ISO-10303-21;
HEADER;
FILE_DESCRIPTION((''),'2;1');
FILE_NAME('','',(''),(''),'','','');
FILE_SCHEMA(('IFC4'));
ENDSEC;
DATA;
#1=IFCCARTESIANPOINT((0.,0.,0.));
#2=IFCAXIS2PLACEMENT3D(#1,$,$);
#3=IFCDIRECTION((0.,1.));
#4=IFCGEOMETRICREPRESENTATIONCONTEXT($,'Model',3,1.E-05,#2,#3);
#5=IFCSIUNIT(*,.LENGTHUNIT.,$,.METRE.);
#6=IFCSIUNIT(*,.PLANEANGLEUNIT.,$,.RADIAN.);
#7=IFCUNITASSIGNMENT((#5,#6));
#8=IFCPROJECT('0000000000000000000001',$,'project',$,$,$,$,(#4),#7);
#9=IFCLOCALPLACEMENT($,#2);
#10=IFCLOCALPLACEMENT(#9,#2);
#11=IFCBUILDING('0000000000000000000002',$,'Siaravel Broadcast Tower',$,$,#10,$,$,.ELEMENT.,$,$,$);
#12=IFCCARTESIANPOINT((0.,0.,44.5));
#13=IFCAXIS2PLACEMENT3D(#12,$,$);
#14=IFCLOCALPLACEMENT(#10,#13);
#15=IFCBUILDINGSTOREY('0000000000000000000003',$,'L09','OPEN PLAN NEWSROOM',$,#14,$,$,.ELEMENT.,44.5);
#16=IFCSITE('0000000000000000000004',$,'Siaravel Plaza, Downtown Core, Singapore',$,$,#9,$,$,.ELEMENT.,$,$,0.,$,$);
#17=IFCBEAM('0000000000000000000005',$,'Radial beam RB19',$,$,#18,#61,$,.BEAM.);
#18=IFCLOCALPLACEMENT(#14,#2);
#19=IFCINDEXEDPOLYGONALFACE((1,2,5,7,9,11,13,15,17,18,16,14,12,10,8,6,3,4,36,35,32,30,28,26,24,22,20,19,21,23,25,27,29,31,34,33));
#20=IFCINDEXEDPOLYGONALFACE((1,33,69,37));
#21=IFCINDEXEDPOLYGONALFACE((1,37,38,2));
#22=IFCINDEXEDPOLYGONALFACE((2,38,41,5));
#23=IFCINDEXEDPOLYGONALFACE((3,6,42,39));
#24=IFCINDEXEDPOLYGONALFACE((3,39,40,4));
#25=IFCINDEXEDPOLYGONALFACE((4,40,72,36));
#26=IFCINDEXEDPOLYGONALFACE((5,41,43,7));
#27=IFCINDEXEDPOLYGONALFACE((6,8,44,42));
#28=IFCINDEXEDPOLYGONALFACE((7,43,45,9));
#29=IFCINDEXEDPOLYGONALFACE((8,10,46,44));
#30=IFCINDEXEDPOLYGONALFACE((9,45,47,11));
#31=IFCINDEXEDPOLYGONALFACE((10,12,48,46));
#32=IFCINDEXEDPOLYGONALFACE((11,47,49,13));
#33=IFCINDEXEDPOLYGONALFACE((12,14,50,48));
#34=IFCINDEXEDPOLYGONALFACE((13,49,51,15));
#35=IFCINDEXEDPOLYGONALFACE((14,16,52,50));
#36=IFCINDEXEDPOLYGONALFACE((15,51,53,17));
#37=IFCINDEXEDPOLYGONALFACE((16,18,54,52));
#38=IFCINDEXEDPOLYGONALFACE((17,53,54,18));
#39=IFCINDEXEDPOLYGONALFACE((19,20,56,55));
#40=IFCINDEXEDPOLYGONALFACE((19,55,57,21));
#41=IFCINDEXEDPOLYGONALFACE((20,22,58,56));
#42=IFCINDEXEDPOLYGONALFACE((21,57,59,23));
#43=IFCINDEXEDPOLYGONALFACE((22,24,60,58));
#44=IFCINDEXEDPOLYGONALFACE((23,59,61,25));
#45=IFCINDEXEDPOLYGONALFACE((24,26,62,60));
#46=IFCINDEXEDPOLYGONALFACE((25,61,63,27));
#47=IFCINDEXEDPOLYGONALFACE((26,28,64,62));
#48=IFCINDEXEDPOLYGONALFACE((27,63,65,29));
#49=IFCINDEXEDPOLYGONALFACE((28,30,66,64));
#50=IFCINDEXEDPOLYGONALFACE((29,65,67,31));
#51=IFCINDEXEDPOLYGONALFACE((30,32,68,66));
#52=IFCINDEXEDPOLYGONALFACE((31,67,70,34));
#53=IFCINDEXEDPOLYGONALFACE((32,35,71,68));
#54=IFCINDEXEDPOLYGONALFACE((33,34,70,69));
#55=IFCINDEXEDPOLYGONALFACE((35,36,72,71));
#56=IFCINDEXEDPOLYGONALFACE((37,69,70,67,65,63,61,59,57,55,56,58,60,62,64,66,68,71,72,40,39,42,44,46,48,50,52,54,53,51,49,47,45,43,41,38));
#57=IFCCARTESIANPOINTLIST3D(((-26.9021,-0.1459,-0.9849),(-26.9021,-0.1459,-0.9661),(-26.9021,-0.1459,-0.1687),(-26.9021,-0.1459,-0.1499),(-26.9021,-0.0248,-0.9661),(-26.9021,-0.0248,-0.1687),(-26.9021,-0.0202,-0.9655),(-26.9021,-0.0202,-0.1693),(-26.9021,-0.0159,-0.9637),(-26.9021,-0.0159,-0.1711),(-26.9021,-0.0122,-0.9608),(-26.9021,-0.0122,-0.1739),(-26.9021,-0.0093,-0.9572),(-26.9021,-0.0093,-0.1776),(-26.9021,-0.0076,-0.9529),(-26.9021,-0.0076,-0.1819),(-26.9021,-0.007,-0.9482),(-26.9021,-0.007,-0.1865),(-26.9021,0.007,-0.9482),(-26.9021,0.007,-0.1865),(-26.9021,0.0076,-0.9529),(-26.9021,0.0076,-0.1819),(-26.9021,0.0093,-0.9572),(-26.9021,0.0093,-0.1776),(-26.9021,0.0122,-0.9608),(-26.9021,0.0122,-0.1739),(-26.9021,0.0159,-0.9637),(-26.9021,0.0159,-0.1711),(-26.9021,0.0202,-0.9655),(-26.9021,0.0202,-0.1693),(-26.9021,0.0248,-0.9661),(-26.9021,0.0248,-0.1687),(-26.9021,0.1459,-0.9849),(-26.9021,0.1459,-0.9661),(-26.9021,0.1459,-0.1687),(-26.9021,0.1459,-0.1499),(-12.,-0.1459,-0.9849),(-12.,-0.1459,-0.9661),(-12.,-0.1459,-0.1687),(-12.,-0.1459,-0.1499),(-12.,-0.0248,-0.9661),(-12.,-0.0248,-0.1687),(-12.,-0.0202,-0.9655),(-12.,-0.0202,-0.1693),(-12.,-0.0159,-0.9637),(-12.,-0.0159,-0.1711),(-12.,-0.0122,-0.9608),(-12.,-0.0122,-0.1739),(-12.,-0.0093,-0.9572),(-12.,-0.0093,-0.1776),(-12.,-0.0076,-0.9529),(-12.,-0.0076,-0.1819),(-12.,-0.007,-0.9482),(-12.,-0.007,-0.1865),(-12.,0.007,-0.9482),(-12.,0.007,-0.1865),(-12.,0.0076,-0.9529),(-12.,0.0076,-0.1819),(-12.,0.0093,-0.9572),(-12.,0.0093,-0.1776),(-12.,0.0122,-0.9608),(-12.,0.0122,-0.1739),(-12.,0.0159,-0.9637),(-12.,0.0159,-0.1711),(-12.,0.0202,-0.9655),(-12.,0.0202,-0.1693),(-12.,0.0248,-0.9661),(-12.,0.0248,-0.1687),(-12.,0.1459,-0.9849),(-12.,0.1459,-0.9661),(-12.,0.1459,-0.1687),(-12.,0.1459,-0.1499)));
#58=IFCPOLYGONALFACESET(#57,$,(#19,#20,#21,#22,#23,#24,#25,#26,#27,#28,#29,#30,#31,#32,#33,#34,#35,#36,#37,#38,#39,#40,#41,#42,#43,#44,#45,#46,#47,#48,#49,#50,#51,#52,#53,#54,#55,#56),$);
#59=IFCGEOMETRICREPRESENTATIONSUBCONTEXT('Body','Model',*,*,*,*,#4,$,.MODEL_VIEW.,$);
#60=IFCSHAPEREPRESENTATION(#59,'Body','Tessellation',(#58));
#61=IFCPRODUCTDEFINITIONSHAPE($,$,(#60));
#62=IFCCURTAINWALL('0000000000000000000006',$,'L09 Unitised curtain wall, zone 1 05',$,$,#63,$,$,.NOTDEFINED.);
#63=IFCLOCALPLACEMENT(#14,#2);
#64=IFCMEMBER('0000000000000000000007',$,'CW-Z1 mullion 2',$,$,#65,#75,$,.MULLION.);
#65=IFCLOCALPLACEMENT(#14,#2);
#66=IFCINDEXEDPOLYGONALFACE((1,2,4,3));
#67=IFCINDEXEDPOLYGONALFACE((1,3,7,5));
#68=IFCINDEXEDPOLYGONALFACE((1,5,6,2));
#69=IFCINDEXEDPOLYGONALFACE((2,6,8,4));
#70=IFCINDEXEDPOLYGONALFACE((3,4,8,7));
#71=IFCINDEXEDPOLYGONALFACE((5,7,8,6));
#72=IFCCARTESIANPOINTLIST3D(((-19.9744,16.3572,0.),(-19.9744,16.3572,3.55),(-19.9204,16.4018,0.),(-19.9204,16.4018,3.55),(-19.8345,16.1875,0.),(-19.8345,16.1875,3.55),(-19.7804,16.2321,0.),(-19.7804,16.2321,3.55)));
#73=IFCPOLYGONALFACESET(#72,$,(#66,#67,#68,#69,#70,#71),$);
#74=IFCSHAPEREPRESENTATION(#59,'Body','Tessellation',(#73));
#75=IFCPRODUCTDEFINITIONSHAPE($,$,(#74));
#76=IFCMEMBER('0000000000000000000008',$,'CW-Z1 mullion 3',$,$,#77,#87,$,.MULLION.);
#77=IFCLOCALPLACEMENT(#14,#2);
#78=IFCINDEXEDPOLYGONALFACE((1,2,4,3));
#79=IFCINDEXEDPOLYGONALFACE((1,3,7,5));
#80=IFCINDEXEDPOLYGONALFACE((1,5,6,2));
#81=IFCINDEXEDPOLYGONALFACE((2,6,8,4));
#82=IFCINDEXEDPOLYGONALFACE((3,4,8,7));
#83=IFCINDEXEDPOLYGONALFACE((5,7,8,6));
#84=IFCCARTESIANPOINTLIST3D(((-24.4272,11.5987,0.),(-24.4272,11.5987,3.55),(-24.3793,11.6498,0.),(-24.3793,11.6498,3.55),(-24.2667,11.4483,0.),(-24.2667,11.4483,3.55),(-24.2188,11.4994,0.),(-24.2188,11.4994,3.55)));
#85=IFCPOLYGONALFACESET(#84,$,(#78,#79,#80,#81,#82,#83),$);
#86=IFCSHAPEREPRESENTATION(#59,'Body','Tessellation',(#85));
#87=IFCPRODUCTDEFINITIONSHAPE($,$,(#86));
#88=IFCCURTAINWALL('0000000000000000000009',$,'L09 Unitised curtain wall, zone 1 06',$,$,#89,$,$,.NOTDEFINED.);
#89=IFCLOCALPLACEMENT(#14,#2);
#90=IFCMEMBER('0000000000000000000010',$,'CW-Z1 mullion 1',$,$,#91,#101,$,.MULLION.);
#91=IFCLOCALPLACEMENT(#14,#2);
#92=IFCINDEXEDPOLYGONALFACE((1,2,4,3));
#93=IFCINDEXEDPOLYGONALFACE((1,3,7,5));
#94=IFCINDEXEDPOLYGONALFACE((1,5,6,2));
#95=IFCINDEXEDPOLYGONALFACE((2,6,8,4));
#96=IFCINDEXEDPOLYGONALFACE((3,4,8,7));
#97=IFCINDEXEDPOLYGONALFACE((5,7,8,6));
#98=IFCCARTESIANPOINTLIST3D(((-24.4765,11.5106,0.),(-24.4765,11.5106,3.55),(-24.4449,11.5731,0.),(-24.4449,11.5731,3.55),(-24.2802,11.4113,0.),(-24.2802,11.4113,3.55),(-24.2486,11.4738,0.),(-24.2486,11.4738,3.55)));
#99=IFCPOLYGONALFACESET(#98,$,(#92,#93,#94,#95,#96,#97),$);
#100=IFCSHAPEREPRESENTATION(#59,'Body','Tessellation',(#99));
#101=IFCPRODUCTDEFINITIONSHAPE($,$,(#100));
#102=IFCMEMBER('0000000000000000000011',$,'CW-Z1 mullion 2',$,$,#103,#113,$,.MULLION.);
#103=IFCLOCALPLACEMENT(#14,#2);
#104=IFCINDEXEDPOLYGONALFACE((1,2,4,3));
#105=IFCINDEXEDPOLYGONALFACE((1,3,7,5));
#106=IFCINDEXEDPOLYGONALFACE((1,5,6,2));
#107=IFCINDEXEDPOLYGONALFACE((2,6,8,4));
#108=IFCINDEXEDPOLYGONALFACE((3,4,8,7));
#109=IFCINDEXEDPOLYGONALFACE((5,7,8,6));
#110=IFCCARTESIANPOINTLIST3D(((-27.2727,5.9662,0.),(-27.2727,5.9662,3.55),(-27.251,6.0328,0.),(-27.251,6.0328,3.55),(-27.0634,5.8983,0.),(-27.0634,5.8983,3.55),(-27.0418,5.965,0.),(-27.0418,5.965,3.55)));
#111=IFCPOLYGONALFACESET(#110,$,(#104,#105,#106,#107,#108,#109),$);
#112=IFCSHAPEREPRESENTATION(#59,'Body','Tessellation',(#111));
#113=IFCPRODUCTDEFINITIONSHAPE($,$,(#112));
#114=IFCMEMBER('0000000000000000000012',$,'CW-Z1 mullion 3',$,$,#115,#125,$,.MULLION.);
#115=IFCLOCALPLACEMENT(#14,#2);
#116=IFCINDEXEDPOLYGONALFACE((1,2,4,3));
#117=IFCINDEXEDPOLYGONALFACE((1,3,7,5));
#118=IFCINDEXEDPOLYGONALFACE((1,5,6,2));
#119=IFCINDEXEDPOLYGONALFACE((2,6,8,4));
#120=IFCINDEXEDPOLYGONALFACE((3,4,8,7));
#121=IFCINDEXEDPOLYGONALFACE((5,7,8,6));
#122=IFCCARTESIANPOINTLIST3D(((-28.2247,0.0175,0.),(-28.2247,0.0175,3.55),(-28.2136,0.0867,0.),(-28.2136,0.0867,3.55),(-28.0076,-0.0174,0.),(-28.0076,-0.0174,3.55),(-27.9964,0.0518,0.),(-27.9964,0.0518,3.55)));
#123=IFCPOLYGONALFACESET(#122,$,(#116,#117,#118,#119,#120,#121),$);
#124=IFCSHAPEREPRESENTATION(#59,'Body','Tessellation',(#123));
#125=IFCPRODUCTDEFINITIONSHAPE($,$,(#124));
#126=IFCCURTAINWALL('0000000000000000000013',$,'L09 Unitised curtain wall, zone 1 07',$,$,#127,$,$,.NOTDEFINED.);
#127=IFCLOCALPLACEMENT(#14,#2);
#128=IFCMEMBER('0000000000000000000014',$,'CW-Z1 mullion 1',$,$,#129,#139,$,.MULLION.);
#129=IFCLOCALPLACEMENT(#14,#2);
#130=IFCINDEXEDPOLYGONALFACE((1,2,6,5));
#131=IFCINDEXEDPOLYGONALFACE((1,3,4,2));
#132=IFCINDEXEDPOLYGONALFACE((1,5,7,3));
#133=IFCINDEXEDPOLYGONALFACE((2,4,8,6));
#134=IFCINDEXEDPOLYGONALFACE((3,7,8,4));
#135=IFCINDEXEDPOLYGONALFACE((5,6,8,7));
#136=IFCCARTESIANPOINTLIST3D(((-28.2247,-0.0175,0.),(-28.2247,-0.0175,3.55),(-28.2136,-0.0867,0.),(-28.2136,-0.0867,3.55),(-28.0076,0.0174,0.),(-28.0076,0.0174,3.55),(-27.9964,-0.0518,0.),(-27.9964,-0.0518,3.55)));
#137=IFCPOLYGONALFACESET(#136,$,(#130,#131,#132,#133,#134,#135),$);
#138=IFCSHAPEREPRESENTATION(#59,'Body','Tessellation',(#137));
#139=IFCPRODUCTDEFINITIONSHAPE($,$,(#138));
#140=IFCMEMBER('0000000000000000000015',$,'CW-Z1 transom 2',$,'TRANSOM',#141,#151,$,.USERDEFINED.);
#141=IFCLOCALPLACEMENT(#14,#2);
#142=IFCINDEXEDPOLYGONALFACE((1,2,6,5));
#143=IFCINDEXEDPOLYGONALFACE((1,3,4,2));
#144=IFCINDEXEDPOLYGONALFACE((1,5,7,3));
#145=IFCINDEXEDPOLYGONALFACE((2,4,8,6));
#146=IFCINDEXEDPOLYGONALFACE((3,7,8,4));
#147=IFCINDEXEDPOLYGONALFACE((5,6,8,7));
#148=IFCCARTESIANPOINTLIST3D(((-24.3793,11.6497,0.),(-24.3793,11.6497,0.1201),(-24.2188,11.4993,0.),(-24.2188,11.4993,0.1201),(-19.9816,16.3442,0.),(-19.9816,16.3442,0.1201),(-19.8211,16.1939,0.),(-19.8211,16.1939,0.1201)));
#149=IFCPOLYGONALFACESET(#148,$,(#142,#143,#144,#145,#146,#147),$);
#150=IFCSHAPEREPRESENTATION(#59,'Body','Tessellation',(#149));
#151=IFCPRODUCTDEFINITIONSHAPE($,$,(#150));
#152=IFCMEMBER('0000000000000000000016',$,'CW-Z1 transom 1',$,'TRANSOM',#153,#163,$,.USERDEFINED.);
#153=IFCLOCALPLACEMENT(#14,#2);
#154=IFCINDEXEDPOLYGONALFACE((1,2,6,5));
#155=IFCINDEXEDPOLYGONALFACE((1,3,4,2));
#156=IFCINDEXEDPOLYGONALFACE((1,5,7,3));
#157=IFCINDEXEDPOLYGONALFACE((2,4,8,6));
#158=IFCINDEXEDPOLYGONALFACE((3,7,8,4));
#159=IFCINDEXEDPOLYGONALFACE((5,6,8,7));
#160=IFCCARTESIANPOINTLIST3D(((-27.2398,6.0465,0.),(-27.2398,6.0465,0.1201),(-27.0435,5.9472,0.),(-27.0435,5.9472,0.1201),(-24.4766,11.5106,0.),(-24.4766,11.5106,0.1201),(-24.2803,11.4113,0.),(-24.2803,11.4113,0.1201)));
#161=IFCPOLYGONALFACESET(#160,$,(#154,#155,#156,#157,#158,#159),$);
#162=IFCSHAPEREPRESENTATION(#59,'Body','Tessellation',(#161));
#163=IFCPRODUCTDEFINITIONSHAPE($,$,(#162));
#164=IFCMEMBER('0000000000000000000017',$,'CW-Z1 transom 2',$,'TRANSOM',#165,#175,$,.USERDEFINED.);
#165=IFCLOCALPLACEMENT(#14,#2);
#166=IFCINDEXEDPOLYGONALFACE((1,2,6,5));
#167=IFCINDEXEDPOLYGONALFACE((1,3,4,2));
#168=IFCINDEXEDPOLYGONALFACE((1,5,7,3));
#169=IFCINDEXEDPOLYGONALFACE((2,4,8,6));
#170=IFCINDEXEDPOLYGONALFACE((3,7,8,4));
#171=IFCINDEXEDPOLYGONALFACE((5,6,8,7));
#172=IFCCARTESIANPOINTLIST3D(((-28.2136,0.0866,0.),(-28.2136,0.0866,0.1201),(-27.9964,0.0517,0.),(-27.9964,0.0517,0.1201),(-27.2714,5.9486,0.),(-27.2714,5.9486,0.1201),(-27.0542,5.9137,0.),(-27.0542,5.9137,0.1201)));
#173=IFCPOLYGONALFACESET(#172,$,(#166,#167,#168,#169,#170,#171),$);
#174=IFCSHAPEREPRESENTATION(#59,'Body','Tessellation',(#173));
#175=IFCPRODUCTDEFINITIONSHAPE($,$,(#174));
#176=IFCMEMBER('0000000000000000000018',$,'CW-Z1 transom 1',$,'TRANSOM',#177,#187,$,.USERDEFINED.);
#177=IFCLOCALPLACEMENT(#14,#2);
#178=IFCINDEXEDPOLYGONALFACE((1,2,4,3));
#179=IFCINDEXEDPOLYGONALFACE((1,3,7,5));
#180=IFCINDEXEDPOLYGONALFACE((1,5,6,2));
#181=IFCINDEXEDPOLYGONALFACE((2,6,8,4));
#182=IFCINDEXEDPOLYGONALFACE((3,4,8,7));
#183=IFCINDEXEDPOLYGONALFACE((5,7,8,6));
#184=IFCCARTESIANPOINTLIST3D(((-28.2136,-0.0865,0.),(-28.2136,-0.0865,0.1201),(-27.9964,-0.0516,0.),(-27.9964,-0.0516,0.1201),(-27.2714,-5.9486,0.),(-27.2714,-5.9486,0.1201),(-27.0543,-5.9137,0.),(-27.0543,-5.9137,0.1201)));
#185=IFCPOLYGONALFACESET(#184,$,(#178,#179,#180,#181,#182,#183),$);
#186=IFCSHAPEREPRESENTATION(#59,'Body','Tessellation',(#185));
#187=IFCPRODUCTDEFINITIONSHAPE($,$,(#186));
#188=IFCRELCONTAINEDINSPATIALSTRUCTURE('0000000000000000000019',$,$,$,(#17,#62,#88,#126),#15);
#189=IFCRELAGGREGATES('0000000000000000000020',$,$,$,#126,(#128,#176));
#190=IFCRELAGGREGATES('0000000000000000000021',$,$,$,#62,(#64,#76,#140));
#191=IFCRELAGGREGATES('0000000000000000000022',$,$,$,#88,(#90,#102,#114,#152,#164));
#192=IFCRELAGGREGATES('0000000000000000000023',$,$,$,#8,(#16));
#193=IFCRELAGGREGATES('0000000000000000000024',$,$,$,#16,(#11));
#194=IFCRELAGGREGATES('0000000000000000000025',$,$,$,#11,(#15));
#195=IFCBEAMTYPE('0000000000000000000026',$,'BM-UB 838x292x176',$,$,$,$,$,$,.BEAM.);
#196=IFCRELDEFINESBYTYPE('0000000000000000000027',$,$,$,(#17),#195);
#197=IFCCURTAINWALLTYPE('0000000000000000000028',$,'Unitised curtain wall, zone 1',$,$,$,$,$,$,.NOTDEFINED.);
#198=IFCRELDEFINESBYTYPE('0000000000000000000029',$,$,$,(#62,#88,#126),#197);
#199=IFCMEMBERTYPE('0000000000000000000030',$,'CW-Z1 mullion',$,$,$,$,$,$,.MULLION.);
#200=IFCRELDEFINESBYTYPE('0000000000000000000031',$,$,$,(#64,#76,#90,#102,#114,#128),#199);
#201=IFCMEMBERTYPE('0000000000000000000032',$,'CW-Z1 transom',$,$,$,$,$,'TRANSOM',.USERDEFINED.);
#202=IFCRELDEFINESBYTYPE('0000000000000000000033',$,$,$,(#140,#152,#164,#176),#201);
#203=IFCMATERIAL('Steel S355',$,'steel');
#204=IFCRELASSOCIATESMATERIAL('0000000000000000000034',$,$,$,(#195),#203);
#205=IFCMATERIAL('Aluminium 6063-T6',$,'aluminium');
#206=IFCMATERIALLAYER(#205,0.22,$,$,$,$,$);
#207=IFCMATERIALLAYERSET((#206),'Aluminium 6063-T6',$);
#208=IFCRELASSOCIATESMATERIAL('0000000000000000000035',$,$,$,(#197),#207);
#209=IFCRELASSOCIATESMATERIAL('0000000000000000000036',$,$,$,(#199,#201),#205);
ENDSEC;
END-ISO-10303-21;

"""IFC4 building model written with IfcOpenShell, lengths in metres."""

from ifc_helpers import new_model, si_unit, direction, frame, origin, origin_2d, place, context, subcontext, project, spatial, rectangle, i_section, extrude, material, layer, layer_set, material_profile, profile_set, type_object, element, aggregate, save


model = new_model("IFC4")

# Units and contexts
model_context = context("Model", 3, precision=1e-05, world=origin(), true_north=direction((0.0, 1.0)))
body_context = subcontext(model_context, "Body", "Model", "MODEL_VIEW")
ifc_project = project(units=[si_unit("LENGTHUNIT", "METRE"), si_unit("PLANEANGLEUNIT", "RADIAN")], contexts=[model_context])

# Site, building, storey
site_placement = place(None, origin())
site = spatial("IfcSite", under=ifc_project, at=site_placement, Name="Siaravel Plaza, Downtown Core, Singapore", CompositionType="ELEMENT", RefElevation=0.0)
building_placement = place(site_placement, origin())
building = spatial("IfcBuilding", under=site, at=building_placement, Name="Siaravel Broadcast Tower", CompositionType="ELEMENT")
storey_placement = place(building_placement, frame((0.0, 0.0, 44.5)))
storey = spatial("IfcBuildingStorey", under=building, at=storey_placement, Name="L09", Description="OPEN PLAN NEWSROOM", CompositionType="ELEMENT", Elevation=44.5)

# Beam
ifc_material_1 = material(Name="Steel S355", Category="steel")
ifc_material_profile_1 = material_profile(ifc_material_1, i_section(OverallWidth=0.2917, OverallDepth=0.835, WebThickness=0.0139, FlangeThickness=0.0188, FilletRadius=0.0178, at=origin_2d()))
ifc_profile_set_1 = profile_set([ifc_material_profile_1], Name="Steel S355")
beam_type = type_object("IfcBeamType", Name="BM-UB 838x292x176", PredefinedType="BEAM", material=ifc_profile_set_1)
beam_1_placement = place(storey_placement, frame((-26.9021, 0.0, -0.5674), z_axis=(1.0, 0.0, 0.0), x_axis=(0.0, 1.0, 0.0)))
element("IfcBeam", 1, at=beam_1_placement, inside=storey, type_object=beam_type, Name="Radial beam RB19", PredefinedType="BEAM", context=body_context, shape_type="SweptSolid", body=[
    extrude(i_section(OverallWidth=0.2917, OverallDepth=0.835, WebThickness=0.0139, FlangeThickness=0.0188, FilletRadius=0.0178, at=origin_2d()), origin(), (0.0, 0.0, 1.0), 14.9021),
])

# Curtain walls, members
ifc_material_2 = material(Name="Aluminium 6063-T6", Category="aluminium")
ifc_layer_1 = layer(ifc_material_2, 0.22)
ifc_layer_set_1 = layer_set([ifc_layer_1], Name="Aluminium 6063-T6")
curtain_wall_type = type_object("IfcCurtainWallType", Name="Unitised curtain wall, zone 1", PredefinedType="NOTDEFINED", material=ifc_layer_set_1)
curtain_wall_1_placement = place(storey_placement, origin())
curtain_wall_1 = element("IfcCurtainWall", 2, at=curtain_wall_1_placement, inside=storey, type_object=curtain_wall_type, Name="L09 Unitised curtain wall, zone 1 05", PredefinedType="NOTDEFINED")
ifc_material_profile_2 = material_profile(ifc_material_2, rectangle(XDim=0.22, YDim=0.0701, at=origin_2d()))
ifc_profile_set_2 = profile_set([ifc_material_profile_2], Name="Aluminium 6063-T6")
member_type_1 = type_object("IfcMemberType", Name="CW-Z1 mullion", PredefinedType="MULLION", material=ifc_profile_set_2)
member_1_placement = place(storey_placement, frame((-19.8774, 16.2947, 0.0), z_axis=(0.0, 0.0, 1.0), x_axis=(0.636218, -0.771509, 0.0)))
member_1 = element("IfcMember", 3, at=member_1_placement, type_object=member_type_1, Name="CW-Z1 mullion 2", PredefinedType="MULLION", context=body_context, shape_type="SweptSolid", body=[
    extrude(rectangle(XDim=0.22, YDim=0.0701, at=origin_2d()), origin(), (0.0, 0.0, 1.0), 3.55),
])
member_2_placement = place(storey_placement, frame((-24.323, 11.5491, 0.0), z_axis=(0.0, 0.0, 1.0), x_axis=(0.729805, -0.683655, 0.0)))
member_2 = element("IfcMember", 4, at=member_2_placement, type_object=member_type_1, Name="CW-Z1 mullion 3", PredefinedType="MULLION", context=body_context, shape_type="SweptSolid", body=[
    extrude(rectangle(XDim=0.22, YDim=0.0701, at=origin_2d()), origin(), (0.0, 0.0, 1.0), 3.55),
])
curtain_wall_2_placement = place(storey_placement, origin())
curtain_wall_2 = element("IfcCurtainWall", 5, at=curtain_wall_2_placement, inside=storey, type_object=curtain_wall_type, Name="L09 Unitised curtain wall, zone 1 06", PredefinedType="NOTDEFINED")
member_3_placement = place(storey_placement, frame((-24.3625, 11.4922, 0.0), z_axis=(0.0, 0.0, 1.0), x_axis=(0.892392, -0.451261, 0.0)))
member_3 = element("IfcMember", 6, at=member_3_placement, type_object=member_type_1, Name="CW-Z1 mullion 1", PredefinedType="MULLION", context=body_context, shape_type="SweptSolid", body=[
    extrude(rectangle(XDim=0.22, YDim=0.0701, at=origin_2d()), origin(), (0.0, 0.0, 1.0), 3.55),
])
member_4_placement = place(storey_placement, frame((-27.1572, 5.9656, 0.0), z_axis=(0.0, 0.0, 1.0), x_axis=(0.951177, -0.308646, 0.0)))
member_4 = element("IfcMember", 7, at=member_4_placement, type_object=member_type_1, Name="CW-Z1 mullion 2", PredefinedType="MULLION", context=body_context, shape_type="SweptSolid", body=[
    extrude(rectangle(XDim=0.22, YDim=0.0701, at=origin_2d()), origin(), (0.0, 0.0, 1.0), 3.55),
])
member_5_placement = place(storey_placement, frame((-28.1106, 0.0347, 0.0), z_axis=(0.0, 0.0, 1.0), x_axis=(0.987329, -0.158686, 0.0)))
member_5 = element("IfcMember", 8, at=member_5_placement, type_object=member_type_1, Name="CW-Z1 mullion 3", PredefinedType="MULLION", context=body_context, shape_type="SweptSolid", body=[
    extrude(rectangle(XDim=0.22, YDim=0.0701, at=origin_2d()), origin(), (0.0, 0.0, 1.0), 3.55),
])

# Curtain wall, member
curtain_wall_3_placement = place(storey_placement, origin())
curtain_wall_3 = element("IfcCurtainWall", 9, at=curtain_wall_3_placement, inside=storey, type_object=curtain_wall_type, Name="L09 Unitised curtain wall, zone 1 07", PredefinedType="NOTDEFINED")
member_6_placement = place(storey_placement, frame((-28.1106, -0.0347, 0.0), z_axis=(0.0, 0.0, 1.0), x_axis=(0.987329, 0.158686, 0.0)))
member_6 = element("IfcMember", 10, at=member_6_placement, type_object=member_type_1, Name="CW-Z1 mullion 1", PredefinedType="MULLION", context=body_context, shape_type="SweptSolid", body=[
    extrude(rectangle(XDim=0.22, YDim=0.0701, at=origin_2d()), origin(), (0.0, 0.0, 1.0), 3.55),
])

# Members
ifc_material_profile_3 = material_profile(ifc_material_2, rectangle(XDim=0.22, YDim=0.1201, at=origin_2d()))
ifc_profile_set_3 = profile_set([ifc_material_profile_3], Name="Aluminium 6063-T6")
member_type_2 = type_object("IfcMemberType", Name="CW-Z1 transom", ElementType="TRANSOM", PredefinedType="USERDEFINED", material=ifc_profile_set_3)
member_7_placement = place(storey_placement, frame((-19.9014, 16.269, 0.0601), z_axis=(-0.683654, -0.729806, 0.0), x_axis=(0.729806, -0.683654, 0.0)))
member_7 = element("IfcMember", 11, at=member_7_placement, type_object=member_type_2, Name="CW-Z1 transom 2", ObjectType="TRANSOM", PredefinedType="USERDEFINED", context=body_context, shape_type="SweptSolid", body=[
    extrude(rectangle(XDim=0.22, YDim=0.1201, at=origin_2d()), origin(), (0.0, 0.0, 1.0), 6.4326),
])
member_8_placement = place(storey_placement, frame((-24.3784, 11.4609, 0.0601), z_axis=(-0.451276, -0.892384, 0.0), x_axis=(0.892384, -0.451276, 0.0)))
member_8 = element("IfcMember", 12, at=member_8_placement, type_object=member_type_2, Name="CW-Z1 transom 1", ObjectType="TRANSOM", PredefinedType="USERDEFINED", context=body_context, shape_type="SweptSolid", body=[
    extrude(rectangle(XDim=0.22, YDim=0.1201, at=origin_2d()), origin(), (0.0, 0.0, 1.0), 6.123),
])
member_9_placement = place(storey_placement, frame((-27.1628, 5.9312, 0.0601), z_axis=(-0.158682, -0.98733, 0.0), x_axis=(0.98733, -0.158682, 0.0)))
member_9 = element("IfcMember", 13, at=member_9_placement, type_object=member_type_2, Name="CW-Z1 transom 2", ObjectType="TRANSOM", PredefinedType="USERDEFINED", context=body_context, shape_type="SweptSolid", body=[
    extrude(rectangle(XDim=0.22, YDim=0.1201, at=origin_2d()), origin(), (0.0, 0.0, 1.0), 5.9373),
])
member_10_placement = place(storey_placement, frame((-28.105, -0.0691, 0.0601), z_axis=(0.158682, -0.98733, 0.0), x_axis=(0.98733, 0.158682, 0.0)))
member_10 = element("IfcMember", 14, at=member_10_placement, type_object=member_type_2, Name="CW-Z1 transom 1", ObjectType="TRANSOM", PredefinedType="USERDEFINED", context=body_context, shape_type="SweptSolid", body=[
    extrude(rectangle(XDim=0.22, YDim=0.1201, at=origin_2d()), origin(), (0.0, 0.0, 1.0), 5.9373),
])
aggregate(curtain_wall_3, [member_6, member_10])

aggregate(curtain_wall_1, [member_1, member_2, member_7])
aggregate(curtain_wall_2, [member_3, member_4, member_5, member_8, member_9])

save(model, "model.ifc")
